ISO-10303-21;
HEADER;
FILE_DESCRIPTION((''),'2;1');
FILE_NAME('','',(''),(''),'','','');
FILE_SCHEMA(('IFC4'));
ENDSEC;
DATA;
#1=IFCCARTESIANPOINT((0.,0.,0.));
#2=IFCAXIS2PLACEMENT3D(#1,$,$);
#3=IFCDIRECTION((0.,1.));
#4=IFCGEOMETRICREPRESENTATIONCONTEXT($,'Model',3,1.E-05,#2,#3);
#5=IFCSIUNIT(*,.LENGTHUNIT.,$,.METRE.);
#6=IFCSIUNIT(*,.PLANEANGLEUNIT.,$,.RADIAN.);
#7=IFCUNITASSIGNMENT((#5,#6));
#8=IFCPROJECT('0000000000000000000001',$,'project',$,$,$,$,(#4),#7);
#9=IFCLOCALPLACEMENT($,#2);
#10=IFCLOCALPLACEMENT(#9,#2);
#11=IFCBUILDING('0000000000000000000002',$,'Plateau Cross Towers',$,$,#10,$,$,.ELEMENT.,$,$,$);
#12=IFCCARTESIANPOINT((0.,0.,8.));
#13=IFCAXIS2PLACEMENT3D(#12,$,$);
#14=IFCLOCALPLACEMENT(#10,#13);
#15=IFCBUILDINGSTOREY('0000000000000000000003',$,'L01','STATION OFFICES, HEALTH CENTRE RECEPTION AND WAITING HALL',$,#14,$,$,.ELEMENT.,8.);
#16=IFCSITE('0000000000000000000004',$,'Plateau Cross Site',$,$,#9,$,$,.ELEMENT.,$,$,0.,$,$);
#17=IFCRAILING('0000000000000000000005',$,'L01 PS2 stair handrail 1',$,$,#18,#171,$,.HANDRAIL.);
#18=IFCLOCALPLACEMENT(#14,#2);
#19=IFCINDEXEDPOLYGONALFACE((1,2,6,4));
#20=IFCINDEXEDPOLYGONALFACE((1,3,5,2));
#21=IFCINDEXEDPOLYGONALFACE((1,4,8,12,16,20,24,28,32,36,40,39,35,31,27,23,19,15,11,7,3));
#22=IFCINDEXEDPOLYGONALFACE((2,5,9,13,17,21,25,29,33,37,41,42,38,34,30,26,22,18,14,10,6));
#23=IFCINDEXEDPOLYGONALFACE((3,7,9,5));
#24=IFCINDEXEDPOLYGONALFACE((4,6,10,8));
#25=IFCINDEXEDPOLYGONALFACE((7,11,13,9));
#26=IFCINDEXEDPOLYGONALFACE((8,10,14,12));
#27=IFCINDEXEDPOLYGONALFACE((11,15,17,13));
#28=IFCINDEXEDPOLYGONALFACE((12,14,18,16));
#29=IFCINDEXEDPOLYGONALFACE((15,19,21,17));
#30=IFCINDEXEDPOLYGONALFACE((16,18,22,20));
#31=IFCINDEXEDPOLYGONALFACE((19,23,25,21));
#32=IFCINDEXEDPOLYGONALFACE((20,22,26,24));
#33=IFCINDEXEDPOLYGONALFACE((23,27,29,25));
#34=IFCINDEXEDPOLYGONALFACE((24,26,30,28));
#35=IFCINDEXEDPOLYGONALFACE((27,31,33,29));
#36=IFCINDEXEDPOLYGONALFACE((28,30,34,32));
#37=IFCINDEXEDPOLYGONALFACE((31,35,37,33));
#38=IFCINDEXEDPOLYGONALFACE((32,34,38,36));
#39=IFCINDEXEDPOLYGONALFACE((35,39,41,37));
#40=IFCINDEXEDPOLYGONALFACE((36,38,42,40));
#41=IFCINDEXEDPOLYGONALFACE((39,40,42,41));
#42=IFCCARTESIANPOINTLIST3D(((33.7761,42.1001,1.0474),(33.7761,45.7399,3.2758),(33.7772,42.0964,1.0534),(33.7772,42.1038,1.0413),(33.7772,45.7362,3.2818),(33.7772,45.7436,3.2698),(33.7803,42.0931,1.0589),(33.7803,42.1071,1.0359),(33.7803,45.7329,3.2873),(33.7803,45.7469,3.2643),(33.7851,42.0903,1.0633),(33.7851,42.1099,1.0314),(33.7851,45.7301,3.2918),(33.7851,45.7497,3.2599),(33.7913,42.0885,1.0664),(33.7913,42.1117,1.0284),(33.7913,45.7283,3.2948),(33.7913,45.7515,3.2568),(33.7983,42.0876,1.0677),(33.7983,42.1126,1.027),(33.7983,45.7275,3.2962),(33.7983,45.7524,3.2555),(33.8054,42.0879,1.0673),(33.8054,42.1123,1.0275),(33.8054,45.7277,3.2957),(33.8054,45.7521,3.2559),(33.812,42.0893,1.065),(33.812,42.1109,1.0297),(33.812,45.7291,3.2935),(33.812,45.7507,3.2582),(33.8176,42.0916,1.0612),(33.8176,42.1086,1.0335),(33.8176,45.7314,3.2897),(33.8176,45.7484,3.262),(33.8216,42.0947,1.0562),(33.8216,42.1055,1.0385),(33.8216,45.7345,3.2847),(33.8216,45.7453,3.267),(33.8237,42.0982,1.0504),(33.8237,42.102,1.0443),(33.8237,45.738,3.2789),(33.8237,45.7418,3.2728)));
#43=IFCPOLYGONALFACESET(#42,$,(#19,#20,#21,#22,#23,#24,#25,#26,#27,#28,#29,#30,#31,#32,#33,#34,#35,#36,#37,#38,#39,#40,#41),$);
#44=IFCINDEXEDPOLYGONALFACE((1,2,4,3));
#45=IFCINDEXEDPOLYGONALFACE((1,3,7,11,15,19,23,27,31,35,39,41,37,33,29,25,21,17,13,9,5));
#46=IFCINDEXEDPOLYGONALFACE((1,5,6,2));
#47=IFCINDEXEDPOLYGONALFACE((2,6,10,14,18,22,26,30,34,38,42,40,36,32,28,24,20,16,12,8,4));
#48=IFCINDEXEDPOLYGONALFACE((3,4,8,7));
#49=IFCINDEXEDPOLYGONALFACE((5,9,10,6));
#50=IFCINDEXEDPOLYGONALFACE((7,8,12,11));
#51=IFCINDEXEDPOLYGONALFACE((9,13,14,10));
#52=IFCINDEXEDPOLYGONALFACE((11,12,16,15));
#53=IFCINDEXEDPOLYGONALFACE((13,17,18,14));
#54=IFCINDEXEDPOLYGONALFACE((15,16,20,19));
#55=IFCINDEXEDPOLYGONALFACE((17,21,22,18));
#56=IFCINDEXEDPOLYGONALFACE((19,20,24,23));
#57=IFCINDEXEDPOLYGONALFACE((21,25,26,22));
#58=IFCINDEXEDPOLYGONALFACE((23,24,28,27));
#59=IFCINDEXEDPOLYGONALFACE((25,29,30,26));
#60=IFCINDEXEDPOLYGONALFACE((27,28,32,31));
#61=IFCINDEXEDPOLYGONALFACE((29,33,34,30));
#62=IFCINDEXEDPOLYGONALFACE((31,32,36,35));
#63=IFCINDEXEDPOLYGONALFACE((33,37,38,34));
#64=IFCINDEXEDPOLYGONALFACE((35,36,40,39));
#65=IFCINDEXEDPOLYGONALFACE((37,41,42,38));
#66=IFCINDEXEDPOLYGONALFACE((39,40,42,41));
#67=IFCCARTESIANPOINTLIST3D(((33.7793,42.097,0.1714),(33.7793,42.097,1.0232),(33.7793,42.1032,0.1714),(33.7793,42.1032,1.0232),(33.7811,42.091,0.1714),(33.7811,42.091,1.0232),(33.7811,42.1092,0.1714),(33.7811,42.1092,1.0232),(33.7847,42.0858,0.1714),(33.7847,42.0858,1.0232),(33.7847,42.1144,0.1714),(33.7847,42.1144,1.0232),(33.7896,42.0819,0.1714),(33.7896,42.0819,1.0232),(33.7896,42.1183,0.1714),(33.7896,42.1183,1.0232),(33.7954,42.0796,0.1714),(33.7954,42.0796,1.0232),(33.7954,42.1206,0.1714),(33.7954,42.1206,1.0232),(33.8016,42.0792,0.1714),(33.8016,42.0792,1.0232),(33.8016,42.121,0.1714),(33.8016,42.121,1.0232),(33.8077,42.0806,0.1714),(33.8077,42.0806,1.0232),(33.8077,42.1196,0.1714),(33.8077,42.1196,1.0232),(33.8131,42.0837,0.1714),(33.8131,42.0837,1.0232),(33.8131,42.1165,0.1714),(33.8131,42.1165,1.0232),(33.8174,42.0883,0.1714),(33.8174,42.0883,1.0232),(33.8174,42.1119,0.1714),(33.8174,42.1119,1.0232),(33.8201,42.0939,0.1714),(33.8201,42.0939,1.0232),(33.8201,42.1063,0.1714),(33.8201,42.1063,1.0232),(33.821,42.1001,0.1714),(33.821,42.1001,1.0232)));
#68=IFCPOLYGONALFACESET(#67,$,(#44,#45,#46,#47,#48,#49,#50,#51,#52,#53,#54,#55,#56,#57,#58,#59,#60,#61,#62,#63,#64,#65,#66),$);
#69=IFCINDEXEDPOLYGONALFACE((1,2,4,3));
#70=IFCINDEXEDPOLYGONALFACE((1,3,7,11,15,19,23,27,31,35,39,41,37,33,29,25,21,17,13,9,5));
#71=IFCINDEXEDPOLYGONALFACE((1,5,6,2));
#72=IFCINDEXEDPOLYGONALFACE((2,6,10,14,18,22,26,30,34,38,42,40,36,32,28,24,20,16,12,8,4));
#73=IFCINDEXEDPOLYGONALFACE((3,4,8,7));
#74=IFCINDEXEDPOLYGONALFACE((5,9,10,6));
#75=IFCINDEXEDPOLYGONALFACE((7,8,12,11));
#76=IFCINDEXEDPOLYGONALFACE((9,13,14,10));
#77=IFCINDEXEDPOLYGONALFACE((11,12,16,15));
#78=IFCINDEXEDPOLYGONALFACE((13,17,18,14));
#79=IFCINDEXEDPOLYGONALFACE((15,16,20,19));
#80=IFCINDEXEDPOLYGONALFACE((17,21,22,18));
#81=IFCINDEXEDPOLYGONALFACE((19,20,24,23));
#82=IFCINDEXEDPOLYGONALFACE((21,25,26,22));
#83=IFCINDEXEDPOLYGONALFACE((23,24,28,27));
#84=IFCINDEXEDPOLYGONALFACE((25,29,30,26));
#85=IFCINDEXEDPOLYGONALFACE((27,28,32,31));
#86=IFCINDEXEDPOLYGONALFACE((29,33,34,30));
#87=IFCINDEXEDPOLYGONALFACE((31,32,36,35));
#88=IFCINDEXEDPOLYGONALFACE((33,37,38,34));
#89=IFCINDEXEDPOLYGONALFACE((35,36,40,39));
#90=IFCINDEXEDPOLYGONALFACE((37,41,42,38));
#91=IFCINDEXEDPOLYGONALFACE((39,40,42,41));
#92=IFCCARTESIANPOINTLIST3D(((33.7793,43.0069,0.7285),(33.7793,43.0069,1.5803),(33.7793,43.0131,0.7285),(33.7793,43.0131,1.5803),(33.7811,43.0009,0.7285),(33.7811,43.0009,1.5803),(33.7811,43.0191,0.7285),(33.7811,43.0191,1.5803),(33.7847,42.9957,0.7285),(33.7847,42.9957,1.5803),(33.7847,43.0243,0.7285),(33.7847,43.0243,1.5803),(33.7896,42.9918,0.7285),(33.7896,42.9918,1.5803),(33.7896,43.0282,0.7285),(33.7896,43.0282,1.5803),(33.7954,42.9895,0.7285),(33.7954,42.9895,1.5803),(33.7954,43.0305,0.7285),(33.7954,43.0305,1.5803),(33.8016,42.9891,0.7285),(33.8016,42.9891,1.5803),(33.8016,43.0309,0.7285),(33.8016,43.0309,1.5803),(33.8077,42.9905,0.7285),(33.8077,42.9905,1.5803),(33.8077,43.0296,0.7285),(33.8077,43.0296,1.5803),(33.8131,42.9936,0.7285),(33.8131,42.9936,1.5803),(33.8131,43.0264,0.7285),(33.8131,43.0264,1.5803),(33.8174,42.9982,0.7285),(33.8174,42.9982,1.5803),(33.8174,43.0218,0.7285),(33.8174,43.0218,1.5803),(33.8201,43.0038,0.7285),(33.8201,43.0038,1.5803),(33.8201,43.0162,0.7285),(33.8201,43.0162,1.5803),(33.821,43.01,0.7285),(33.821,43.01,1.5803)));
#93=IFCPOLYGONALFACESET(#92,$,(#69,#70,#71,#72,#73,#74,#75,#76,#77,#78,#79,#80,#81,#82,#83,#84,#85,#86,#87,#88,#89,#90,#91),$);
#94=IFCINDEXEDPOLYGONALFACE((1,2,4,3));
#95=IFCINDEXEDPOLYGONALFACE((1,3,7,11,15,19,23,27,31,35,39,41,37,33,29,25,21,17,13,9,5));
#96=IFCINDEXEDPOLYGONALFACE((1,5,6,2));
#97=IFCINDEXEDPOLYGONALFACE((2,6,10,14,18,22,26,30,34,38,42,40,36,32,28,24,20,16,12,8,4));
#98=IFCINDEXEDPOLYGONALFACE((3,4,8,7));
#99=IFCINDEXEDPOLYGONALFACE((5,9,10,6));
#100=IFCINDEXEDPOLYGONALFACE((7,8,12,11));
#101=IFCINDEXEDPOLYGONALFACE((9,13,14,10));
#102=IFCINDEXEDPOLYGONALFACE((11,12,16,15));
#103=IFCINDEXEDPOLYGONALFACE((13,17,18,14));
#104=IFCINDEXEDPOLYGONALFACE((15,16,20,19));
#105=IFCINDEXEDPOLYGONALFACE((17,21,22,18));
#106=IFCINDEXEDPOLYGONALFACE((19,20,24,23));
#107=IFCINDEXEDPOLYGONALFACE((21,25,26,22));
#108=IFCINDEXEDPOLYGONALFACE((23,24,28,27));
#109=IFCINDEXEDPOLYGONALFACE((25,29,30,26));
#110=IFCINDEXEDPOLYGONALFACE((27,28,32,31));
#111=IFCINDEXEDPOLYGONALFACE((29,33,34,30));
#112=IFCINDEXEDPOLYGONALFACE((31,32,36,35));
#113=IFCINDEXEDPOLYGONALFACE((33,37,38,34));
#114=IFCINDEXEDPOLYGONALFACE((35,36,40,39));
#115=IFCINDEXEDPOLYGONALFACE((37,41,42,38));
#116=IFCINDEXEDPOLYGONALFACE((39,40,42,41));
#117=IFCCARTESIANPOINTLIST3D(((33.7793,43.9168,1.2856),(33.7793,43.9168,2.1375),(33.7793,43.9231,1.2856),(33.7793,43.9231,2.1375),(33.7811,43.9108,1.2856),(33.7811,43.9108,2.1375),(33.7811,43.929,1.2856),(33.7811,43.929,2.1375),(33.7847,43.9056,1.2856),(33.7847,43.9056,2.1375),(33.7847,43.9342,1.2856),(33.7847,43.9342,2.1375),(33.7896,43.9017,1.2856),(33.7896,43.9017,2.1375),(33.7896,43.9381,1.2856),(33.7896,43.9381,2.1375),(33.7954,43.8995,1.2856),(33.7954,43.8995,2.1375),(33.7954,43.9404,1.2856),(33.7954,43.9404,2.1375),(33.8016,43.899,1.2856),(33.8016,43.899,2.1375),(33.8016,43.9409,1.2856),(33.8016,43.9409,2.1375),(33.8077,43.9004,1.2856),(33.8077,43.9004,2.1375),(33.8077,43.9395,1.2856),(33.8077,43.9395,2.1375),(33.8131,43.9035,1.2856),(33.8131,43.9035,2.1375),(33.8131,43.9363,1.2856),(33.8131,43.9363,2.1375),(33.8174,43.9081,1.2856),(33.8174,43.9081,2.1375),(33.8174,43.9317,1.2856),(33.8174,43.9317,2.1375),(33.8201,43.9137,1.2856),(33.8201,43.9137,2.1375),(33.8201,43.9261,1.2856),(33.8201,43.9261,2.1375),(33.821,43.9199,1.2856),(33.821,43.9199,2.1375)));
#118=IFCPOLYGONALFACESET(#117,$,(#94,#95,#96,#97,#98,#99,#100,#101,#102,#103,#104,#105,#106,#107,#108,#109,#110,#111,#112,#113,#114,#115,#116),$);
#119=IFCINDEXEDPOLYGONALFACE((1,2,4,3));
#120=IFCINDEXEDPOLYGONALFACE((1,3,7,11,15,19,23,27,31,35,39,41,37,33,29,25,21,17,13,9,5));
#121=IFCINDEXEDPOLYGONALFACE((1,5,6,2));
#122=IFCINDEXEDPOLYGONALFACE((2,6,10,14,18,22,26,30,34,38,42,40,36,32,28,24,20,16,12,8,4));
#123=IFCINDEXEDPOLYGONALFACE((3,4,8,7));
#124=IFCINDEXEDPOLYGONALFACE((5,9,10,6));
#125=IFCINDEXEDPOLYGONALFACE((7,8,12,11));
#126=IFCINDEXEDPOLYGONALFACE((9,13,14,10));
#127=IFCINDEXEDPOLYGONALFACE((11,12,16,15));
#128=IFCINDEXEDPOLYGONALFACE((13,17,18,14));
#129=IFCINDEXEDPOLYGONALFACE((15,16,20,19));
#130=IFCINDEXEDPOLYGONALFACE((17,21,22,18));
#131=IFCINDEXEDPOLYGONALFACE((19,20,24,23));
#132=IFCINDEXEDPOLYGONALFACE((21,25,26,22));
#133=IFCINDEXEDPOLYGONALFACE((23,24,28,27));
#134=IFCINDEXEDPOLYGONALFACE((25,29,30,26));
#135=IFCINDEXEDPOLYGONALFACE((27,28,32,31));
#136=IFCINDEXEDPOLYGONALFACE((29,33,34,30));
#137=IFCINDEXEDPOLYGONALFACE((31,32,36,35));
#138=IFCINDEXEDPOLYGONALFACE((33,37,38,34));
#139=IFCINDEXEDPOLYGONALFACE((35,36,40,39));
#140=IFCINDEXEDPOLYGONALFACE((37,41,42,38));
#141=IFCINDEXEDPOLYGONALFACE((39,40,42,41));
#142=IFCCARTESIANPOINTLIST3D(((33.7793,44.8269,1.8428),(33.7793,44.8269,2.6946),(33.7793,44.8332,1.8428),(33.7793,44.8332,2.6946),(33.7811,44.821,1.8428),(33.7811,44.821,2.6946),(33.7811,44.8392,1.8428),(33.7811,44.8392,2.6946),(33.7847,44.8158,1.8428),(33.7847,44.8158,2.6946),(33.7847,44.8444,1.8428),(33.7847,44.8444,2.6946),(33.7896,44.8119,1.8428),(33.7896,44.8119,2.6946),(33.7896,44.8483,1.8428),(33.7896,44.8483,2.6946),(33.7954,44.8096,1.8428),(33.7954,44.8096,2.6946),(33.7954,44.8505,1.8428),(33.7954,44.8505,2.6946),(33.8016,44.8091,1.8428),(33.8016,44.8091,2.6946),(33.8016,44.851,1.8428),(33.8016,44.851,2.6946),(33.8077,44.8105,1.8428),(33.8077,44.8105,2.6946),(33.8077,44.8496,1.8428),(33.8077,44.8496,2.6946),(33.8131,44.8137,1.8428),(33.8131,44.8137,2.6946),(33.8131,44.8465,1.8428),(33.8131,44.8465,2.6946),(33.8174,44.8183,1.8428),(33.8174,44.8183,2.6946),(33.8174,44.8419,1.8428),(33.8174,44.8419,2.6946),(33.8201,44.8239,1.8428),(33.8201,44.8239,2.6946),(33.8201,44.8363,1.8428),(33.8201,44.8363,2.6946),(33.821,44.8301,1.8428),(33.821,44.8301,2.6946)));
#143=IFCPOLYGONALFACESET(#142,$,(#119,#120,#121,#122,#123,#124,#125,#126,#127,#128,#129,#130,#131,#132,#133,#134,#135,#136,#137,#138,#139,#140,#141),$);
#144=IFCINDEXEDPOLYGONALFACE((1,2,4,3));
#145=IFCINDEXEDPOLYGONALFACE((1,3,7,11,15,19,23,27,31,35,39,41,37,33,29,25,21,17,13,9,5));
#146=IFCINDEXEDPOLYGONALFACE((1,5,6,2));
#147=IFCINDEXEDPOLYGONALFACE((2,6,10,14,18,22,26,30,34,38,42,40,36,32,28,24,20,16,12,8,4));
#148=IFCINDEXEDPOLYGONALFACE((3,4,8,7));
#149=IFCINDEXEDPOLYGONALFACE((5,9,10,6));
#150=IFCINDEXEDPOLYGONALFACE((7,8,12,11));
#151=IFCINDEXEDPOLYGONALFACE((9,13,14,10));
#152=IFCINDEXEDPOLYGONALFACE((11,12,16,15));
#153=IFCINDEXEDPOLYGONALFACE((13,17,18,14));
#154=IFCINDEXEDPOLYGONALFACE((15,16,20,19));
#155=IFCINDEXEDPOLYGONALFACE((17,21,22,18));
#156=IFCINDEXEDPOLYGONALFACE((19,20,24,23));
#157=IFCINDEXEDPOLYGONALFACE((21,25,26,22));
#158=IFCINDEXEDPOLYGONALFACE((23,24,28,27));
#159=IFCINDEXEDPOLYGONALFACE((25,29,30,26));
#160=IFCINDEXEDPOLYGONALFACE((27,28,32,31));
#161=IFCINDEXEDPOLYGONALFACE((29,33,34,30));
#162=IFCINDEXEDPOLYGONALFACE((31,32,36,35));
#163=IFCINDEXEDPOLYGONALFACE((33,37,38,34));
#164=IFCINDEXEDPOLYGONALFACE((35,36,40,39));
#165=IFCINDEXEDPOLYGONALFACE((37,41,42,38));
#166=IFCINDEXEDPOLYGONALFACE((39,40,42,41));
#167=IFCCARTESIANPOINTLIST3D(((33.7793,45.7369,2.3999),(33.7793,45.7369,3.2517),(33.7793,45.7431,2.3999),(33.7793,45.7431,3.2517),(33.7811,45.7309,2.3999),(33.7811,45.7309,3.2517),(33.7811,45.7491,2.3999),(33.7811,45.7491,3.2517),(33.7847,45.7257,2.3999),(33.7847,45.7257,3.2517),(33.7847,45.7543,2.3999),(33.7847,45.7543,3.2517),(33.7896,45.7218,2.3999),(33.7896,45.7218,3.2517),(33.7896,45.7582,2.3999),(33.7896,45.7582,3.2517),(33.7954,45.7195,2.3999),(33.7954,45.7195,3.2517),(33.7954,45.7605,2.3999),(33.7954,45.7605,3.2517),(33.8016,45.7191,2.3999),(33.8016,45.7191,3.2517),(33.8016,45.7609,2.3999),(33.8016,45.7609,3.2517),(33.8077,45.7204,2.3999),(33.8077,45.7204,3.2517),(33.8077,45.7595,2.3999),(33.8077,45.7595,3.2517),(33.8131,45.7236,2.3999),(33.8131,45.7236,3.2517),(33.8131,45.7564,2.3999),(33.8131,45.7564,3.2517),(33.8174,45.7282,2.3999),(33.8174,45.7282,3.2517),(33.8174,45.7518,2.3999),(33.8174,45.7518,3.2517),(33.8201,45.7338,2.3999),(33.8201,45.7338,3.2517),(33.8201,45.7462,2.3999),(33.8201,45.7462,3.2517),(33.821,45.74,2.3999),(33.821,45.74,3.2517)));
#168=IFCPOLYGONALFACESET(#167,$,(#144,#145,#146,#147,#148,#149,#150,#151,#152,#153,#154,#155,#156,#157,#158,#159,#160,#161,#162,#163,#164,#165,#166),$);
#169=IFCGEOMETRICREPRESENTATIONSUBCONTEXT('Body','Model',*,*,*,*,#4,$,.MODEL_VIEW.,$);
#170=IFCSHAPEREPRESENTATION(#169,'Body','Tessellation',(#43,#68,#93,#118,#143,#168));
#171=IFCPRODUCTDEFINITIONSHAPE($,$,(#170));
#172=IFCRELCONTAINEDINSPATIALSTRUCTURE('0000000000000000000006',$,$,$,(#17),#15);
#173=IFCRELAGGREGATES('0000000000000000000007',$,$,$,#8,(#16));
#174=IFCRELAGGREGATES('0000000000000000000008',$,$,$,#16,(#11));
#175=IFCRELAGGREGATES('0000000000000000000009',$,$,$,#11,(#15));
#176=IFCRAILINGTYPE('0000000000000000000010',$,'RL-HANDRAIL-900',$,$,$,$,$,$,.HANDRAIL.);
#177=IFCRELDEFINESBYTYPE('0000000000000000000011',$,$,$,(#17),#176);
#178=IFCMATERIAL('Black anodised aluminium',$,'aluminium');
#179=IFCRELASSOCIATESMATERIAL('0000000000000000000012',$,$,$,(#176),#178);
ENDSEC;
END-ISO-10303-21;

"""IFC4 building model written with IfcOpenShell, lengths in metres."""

from ifc_helpers import new_model, si_unit, direction, frame, origin, origin_2d, place, context, subcontext, project, spatial, circle, extrude, material, type_object, element, save


model = new_model("IFC4")

# Units and contexts
model_context = context("Model", 3, precision=1e-05, world=origin(), true_north=direction((0.0, 1.0)))
body_context = subcontext(model_context, "Body", "Model", "MODEL_VIEW")
ifc_project = project(units=[si_unit("LENGTHUNIT", "METRE"), si_unit("PLANEANGLEUNIT", "RADIAN")], contexts=[model_context])

# Site, building, storey
site_placement = place(None, origin())
site = spatial("IfcSite", under=ifc_project, at=site_placement, Name="Plateau Cross Site", CompositionType="ELEMENT", RefElevation=0.0)
building_placement = place(site_placement, origin())
building = spatial("IfcBuilding", under=site, at=building_placement, Name="Plateau Cross Towers", CompositionType="ELEMENT")
storey_placement = place(building_placement, frame((0.0, 0.0, 8.0)))
storey = spatial("IfcBuildingStorey", under=building, at=storey_placement, Name="L01", Description="STATION OFFICES, HEALTH CENTRE RECEPTION AND WAITING HALL", CompositionType="ELEMENT", Elevation=8.0)

# Shared definitions
ifc_material_1 = material(Name="Black anodised aluminium", Category="aluminium")

# Railing
railing_type_1 = type_object("IfcRailingType", Name="RL-HANDRAIL-900", PredefinedType="HANDRAIL", material=ifc_material_1)
railing_1_placement = place(storey_placement, frame((33.8, 42.1001, 0.1714)))
element("IfcRailing", 1, at=railing_1_placement, inside=storey, type_object=railing_type_1, Name="L01 PS2 stair handrail 1", PredefinedType="HANDRAIL", context=body_context, shape_type="SweptSolid", body=[
    extrude(circle(Radius=0.0239, at=origin_2d()), frame((0.0, 0.0, 0.876), z_axis=(0.0, 0.85285, 0.522156), x_axis=(-1.0, 0.0, 0.0)), (0.0, 0.0, 1.0), 4.2678),
    extrude(circle(Radius=0.021, at=origin_2d()), origin(), (0.0, 0.0, 1.0), 0.8518),
    extrude(circle(Radius=0.021, at=origin_2d()), frame((0.0, 0.9099, 0.5571)), (0.0, 0.0, 1.0), 0.8518),
    extrude(circle(Radius=0.021, at=origin_2d()), frame((0.0, 1.8198, 1.1143)), (0.0, 0.0, 1.0), 0.8518),
    extrude(circle(Radius=0.021, at=origin_2d()), frame((0.0, 2.73, 1.6714)), (0.0, 0.0, 1.0), 0.8518),
    extrude(circle(Radius=0.021, at=origin_2d()), frame((0.0, 3.6399, 2.2285)), (0.0, 0.0, 1.0), 0.8518),
])

save(model, "model.ifc")
